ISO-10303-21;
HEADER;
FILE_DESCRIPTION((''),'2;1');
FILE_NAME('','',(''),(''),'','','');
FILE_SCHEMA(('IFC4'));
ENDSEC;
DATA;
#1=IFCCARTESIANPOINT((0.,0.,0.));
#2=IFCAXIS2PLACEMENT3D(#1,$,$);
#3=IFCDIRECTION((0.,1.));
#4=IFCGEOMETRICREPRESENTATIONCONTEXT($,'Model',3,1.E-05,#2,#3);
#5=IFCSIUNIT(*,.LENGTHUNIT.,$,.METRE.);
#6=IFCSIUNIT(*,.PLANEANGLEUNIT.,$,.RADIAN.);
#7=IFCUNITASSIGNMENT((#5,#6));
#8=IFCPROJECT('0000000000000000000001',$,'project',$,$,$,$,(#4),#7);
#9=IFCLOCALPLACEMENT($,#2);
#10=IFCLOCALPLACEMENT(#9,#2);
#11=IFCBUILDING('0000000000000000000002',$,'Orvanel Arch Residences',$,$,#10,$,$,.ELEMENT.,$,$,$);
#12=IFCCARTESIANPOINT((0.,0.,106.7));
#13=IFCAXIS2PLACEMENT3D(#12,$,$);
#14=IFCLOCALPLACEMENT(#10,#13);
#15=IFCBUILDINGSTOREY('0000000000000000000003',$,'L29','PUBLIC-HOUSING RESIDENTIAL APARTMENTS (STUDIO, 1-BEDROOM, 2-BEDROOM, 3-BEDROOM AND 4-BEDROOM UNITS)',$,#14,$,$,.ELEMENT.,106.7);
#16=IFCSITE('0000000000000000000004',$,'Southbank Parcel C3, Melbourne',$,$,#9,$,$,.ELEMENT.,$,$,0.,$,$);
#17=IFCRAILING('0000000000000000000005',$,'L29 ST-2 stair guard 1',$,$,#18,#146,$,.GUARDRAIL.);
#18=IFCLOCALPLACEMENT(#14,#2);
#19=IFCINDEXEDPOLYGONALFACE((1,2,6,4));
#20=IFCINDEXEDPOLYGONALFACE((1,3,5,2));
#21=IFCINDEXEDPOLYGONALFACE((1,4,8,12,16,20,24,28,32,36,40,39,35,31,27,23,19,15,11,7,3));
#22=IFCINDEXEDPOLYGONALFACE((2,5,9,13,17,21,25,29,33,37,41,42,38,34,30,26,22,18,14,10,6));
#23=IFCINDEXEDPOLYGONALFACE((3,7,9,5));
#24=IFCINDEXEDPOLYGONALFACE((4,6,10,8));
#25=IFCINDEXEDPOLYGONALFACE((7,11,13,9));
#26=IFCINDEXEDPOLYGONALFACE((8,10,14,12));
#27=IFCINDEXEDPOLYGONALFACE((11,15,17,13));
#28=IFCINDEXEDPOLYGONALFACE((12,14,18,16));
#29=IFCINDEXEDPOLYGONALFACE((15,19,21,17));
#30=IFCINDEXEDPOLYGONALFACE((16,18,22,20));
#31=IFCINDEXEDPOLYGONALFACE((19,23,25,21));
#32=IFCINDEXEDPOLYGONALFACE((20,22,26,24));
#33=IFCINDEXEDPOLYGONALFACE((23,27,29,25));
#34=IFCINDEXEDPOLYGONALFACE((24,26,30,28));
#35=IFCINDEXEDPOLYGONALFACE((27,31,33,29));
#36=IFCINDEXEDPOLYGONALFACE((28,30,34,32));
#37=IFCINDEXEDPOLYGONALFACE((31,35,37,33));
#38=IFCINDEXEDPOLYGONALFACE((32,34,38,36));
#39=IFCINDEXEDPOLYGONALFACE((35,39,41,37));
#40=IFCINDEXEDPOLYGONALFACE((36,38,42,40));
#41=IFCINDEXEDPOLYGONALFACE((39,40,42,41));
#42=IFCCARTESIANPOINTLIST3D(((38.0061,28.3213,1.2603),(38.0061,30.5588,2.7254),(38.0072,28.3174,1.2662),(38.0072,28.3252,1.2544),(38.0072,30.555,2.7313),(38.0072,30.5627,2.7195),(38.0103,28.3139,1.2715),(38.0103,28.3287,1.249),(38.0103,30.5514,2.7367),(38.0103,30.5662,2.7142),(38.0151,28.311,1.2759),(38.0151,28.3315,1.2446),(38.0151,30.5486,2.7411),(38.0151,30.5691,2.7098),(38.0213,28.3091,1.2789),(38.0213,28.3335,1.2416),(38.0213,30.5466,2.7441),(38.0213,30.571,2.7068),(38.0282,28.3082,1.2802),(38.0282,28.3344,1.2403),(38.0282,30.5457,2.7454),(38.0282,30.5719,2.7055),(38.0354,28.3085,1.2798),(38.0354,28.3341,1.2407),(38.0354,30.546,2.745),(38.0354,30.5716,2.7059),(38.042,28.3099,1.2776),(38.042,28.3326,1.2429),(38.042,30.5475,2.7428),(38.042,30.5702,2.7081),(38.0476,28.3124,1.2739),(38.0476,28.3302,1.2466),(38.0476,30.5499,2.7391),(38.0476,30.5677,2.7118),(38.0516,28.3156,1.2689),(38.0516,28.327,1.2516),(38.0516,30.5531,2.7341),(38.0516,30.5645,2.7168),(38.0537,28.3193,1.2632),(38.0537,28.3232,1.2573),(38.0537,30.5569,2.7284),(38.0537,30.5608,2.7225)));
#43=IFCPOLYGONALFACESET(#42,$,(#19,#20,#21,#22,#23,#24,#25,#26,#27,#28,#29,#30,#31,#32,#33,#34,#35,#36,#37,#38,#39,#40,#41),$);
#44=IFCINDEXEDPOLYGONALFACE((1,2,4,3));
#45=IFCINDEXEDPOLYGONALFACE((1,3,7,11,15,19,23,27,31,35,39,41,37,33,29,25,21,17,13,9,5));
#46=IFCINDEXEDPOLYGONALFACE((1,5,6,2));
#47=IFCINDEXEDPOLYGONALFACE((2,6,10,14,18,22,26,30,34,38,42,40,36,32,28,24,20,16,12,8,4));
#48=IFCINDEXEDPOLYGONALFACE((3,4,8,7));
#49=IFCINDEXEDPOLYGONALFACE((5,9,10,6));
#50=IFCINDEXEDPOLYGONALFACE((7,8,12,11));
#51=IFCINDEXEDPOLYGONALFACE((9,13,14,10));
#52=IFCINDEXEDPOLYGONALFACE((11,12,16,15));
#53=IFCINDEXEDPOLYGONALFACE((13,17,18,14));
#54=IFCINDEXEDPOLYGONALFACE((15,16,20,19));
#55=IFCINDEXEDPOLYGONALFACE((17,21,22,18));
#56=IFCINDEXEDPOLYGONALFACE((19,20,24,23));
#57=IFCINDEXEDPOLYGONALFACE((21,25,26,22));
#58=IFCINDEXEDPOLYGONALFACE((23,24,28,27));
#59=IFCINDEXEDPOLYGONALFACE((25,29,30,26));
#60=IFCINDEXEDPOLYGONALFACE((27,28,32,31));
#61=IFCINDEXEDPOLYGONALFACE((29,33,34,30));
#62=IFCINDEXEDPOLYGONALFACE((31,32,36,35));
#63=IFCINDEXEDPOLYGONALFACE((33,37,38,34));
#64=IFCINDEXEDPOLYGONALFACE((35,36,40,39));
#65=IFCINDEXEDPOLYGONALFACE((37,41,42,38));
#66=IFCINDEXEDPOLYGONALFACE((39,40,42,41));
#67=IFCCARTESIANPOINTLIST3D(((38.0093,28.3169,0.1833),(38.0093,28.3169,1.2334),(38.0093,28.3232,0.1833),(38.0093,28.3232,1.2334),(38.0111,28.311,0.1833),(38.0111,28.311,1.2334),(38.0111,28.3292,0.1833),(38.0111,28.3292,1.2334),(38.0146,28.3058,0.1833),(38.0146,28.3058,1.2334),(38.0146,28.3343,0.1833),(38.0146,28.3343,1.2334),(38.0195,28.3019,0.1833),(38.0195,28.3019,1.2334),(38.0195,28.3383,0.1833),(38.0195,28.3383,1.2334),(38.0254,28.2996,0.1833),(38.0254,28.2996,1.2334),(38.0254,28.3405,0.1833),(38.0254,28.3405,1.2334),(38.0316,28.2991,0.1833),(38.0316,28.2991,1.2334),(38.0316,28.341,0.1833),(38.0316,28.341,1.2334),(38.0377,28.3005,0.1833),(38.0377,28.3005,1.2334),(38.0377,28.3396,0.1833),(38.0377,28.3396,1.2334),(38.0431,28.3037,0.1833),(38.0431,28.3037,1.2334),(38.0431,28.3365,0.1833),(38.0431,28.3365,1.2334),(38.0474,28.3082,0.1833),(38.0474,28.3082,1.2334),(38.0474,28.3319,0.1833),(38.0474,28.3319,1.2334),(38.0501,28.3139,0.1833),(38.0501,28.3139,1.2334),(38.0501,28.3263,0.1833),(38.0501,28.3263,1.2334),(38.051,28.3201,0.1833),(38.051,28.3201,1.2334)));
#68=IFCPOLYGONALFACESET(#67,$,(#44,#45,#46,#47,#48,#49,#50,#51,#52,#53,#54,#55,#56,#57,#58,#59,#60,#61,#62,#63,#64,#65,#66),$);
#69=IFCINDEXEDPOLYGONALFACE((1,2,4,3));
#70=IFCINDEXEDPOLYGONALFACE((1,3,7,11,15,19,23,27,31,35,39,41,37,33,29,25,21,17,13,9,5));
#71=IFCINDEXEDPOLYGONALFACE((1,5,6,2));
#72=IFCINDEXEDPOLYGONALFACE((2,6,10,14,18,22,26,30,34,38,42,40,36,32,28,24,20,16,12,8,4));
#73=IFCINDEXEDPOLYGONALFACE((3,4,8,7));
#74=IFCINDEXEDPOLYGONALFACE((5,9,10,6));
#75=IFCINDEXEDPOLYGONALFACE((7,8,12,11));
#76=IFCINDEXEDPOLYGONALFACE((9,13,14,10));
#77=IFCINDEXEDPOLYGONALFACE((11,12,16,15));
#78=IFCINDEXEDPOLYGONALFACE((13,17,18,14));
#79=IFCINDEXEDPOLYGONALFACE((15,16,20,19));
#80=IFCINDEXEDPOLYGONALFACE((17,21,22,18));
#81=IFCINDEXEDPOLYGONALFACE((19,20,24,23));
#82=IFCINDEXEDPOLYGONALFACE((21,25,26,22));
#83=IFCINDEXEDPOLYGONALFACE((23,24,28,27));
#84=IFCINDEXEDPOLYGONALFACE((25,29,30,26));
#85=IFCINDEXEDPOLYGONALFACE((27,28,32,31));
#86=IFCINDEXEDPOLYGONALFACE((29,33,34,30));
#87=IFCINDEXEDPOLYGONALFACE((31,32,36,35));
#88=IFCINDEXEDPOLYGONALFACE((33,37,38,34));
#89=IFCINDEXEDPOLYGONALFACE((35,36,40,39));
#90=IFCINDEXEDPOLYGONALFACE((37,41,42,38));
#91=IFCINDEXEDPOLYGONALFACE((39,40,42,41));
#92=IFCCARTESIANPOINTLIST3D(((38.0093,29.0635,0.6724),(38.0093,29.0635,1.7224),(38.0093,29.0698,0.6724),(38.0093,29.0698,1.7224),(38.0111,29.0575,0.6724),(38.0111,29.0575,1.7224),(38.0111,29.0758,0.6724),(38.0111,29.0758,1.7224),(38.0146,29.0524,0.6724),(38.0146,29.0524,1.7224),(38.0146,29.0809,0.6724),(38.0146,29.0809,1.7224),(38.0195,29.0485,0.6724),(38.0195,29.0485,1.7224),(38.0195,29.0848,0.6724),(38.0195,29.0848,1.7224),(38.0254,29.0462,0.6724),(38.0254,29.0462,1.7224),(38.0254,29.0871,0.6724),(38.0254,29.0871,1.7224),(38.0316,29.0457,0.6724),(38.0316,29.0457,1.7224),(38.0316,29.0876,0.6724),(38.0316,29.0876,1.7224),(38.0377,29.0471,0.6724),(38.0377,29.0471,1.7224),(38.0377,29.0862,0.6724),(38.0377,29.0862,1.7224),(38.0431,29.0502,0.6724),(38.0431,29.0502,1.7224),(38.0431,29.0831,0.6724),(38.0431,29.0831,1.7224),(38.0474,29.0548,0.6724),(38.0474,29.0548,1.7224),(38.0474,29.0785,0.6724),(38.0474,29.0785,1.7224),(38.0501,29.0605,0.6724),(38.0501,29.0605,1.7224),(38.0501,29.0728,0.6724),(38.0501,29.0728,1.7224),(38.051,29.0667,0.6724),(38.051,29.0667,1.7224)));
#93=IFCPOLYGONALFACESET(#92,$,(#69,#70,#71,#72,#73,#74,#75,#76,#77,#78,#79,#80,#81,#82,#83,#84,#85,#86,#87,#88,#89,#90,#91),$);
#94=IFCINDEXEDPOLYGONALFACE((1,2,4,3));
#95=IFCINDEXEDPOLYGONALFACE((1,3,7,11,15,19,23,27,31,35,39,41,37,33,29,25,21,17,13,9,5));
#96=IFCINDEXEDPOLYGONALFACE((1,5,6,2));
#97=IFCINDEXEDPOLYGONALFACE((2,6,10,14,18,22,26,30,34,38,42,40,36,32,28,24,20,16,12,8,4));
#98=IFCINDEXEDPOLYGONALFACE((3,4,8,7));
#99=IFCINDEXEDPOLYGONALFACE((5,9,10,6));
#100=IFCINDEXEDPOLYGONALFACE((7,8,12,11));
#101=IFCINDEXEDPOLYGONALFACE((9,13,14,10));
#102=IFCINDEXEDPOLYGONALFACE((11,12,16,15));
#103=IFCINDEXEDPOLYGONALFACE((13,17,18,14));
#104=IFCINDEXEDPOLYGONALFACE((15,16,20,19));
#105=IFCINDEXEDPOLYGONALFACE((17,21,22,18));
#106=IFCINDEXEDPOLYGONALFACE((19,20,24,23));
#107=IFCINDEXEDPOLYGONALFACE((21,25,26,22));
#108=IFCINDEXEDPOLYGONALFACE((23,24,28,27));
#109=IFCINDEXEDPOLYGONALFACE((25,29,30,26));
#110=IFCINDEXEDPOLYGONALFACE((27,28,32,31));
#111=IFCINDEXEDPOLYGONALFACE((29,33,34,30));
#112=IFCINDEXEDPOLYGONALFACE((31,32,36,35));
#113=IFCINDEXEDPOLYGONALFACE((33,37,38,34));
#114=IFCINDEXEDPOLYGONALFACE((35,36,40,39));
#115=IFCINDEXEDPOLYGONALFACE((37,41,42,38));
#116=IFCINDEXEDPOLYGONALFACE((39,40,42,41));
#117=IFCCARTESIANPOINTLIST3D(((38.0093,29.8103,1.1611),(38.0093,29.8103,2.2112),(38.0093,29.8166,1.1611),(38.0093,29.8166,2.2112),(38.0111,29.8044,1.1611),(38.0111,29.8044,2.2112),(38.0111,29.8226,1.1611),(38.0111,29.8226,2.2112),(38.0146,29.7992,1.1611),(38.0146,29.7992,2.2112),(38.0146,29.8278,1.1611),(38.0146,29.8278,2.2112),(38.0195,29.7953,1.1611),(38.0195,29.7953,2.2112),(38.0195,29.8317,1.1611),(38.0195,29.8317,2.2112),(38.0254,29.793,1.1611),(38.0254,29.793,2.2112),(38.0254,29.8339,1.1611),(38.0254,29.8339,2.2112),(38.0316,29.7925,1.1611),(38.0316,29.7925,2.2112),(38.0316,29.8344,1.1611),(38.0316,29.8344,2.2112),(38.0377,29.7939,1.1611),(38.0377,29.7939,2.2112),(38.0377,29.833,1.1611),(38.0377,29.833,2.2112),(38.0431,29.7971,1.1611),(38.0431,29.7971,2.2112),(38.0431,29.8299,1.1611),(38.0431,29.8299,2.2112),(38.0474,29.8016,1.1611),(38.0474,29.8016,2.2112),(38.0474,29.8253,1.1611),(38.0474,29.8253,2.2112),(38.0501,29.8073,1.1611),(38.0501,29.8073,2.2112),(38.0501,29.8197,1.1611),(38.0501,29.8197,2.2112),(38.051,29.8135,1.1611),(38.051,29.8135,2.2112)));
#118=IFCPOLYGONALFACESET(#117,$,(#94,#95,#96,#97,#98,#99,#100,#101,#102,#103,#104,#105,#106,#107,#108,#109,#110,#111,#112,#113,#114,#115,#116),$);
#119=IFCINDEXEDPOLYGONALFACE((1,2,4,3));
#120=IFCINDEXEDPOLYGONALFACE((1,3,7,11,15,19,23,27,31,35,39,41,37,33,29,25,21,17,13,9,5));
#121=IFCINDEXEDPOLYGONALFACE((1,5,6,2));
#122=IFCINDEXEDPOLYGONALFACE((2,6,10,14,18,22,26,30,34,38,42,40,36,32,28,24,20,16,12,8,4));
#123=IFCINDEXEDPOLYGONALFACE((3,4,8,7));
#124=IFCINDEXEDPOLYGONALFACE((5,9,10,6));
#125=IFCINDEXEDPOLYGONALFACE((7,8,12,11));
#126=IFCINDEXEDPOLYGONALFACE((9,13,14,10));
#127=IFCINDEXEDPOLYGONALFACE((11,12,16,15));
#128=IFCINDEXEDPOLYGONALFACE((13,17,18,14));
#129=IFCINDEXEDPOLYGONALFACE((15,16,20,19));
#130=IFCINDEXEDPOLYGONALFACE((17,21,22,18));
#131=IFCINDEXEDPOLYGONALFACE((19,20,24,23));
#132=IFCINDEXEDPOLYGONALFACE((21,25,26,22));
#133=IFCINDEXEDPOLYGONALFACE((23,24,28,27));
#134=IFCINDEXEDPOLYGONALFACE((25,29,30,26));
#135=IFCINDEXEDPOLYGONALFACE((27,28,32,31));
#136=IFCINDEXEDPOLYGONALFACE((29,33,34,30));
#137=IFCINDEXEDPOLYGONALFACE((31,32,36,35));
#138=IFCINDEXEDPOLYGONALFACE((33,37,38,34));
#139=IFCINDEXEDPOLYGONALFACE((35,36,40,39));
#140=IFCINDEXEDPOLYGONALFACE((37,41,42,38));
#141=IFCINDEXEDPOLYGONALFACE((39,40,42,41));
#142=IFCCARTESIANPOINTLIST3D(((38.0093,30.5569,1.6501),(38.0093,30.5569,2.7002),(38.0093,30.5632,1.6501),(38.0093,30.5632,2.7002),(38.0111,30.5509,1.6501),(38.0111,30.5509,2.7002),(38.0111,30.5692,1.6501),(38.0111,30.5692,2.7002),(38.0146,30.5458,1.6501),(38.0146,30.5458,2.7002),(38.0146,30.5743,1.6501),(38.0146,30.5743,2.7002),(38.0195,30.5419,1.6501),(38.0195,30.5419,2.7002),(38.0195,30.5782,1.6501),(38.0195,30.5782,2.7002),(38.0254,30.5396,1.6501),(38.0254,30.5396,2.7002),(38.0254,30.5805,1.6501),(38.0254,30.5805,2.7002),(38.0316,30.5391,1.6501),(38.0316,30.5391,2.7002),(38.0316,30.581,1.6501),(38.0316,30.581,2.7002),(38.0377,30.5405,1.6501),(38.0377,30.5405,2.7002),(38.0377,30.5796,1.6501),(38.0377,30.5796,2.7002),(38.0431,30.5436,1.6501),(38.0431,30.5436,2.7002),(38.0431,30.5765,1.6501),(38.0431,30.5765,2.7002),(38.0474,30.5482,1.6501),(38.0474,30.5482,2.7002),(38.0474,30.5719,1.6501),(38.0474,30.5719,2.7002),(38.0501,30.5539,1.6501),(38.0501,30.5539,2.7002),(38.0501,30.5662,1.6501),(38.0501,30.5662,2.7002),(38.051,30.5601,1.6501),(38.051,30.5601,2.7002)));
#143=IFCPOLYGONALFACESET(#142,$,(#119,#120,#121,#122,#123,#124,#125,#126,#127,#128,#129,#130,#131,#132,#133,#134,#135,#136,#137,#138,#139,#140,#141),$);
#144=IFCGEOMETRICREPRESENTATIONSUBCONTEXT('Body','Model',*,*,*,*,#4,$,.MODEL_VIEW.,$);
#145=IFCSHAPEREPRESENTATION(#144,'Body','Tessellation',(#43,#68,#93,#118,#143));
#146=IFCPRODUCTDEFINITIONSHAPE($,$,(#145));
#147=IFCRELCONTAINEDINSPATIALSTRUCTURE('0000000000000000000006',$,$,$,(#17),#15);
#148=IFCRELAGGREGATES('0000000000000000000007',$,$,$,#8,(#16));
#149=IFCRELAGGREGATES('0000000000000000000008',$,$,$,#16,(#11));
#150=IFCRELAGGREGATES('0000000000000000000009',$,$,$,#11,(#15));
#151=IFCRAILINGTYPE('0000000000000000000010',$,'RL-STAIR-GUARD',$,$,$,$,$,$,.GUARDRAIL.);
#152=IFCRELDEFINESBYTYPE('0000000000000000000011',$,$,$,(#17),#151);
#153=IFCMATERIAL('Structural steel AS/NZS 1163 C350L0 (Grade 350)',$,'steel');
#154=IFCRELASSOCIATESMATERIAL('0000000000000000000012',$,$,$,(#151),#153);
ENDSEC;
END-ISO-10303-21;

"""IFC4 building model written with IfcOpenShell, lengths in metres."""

from ifc_helpers import new_model, si_unit, direction, frame, origin, origin_2d, place, context, subcontext, project, spatial, circle, extrude, material, type_object, element, save


model = new_model("IFC4")

# Units and contexts
model_context = context("Model", 3, precision=1e-05, world=origin(), true_north=direction((0.0, 1.0)))
body_context = subcontext(model_context, "Body", "Model", "MODEL_VIEW")
ifc_project = project(units=[si_unit("LENGTHUNIT", "METRE"), si_unit("PLANEANGLEUNIT", "RADIAN")], contexts=[model_context])

# Site, building, storey
site_placement = place(None, origin())
site = spatial("IfcSite", under=ifc_project, at=site_placement, Name="Southbank Parcel C3, Melbourne", CompositionType="ELEMENT", RefElevation=0.0)
building_placement = place(site_placement, origin())
building = spatial("IfcBuilding", under=site, at=building_placement, Name="Orvanel Arch Residences", CompositionType="ELEMENT")
storey_placement = place(building_placement, frame((0.0, 0.0, 106.7)))
storey = spatial("IfcBuildingStorey", under=building, at=storey_placement, Name="L29", Description="PUBLIC-HOUSING RESIDENTIAL APARTMENTS (STUDIO, 1-BEDROOM, 2-BEDROOM, 3-BEDROOM AND 4-BEDROOM UNITS)", CompositionType="ELEMENT", Elevation=106.7)

# Railing
ifc_material_1 = material(Name="Structural steel AS/NZS 1163 C350L0 (Grade 350)", Category="steel")
railing_type_1 = type_object("IfcRailingType", Name="RL-STAIR-GUARD", PredefinedType="GUARDRAIL", material=ifc_material_1)
railing_1_placement = place(storey_placement, frame((38.03, 28.3201, 0.1833)))
element("IfcRailing", 1, at=railing_1_placement, inside=storey, type_object=railing_type_1, Name="L29 ST-2 stair guard 1", PredefinedType="GUARDRAIL", context=body_context, shape_type="SweptSolid", body=[
    extrude(circle(Radius=0.0239, at=origin_2d()), frame((0.0, 0.0012, 1.0769), z_axis=(0.0, 0.836595, 0.547822), x_axis=(-1.0, 0.0, 0.0)), (0.0, 0.0, 1.0), 2.6746),
    extrude(circle(Radius=0.021, at=origin_2d()), origin(), (0.0, 0.0, 1.0), 1.05),
    extrude(circle(Radius=0.021, at=origin_2d()), frame((0.0, 0.7466, 0.489)), (0.0, 0.0, 1.0), 1.05),
    extrude(circle(Radius=0.021, at=origin_2d()), frame((0.0, 1.4934, 0.9778)), (0.0, 0.0, 1.0), 1.05),
    extrude(circle(Radius=0.021, at=origin_2d()), frame((0.0, 2.24, 1.4668)), (0.0, 0.0, 1.0), 1.05),
])

save(model, "model.ifc")
